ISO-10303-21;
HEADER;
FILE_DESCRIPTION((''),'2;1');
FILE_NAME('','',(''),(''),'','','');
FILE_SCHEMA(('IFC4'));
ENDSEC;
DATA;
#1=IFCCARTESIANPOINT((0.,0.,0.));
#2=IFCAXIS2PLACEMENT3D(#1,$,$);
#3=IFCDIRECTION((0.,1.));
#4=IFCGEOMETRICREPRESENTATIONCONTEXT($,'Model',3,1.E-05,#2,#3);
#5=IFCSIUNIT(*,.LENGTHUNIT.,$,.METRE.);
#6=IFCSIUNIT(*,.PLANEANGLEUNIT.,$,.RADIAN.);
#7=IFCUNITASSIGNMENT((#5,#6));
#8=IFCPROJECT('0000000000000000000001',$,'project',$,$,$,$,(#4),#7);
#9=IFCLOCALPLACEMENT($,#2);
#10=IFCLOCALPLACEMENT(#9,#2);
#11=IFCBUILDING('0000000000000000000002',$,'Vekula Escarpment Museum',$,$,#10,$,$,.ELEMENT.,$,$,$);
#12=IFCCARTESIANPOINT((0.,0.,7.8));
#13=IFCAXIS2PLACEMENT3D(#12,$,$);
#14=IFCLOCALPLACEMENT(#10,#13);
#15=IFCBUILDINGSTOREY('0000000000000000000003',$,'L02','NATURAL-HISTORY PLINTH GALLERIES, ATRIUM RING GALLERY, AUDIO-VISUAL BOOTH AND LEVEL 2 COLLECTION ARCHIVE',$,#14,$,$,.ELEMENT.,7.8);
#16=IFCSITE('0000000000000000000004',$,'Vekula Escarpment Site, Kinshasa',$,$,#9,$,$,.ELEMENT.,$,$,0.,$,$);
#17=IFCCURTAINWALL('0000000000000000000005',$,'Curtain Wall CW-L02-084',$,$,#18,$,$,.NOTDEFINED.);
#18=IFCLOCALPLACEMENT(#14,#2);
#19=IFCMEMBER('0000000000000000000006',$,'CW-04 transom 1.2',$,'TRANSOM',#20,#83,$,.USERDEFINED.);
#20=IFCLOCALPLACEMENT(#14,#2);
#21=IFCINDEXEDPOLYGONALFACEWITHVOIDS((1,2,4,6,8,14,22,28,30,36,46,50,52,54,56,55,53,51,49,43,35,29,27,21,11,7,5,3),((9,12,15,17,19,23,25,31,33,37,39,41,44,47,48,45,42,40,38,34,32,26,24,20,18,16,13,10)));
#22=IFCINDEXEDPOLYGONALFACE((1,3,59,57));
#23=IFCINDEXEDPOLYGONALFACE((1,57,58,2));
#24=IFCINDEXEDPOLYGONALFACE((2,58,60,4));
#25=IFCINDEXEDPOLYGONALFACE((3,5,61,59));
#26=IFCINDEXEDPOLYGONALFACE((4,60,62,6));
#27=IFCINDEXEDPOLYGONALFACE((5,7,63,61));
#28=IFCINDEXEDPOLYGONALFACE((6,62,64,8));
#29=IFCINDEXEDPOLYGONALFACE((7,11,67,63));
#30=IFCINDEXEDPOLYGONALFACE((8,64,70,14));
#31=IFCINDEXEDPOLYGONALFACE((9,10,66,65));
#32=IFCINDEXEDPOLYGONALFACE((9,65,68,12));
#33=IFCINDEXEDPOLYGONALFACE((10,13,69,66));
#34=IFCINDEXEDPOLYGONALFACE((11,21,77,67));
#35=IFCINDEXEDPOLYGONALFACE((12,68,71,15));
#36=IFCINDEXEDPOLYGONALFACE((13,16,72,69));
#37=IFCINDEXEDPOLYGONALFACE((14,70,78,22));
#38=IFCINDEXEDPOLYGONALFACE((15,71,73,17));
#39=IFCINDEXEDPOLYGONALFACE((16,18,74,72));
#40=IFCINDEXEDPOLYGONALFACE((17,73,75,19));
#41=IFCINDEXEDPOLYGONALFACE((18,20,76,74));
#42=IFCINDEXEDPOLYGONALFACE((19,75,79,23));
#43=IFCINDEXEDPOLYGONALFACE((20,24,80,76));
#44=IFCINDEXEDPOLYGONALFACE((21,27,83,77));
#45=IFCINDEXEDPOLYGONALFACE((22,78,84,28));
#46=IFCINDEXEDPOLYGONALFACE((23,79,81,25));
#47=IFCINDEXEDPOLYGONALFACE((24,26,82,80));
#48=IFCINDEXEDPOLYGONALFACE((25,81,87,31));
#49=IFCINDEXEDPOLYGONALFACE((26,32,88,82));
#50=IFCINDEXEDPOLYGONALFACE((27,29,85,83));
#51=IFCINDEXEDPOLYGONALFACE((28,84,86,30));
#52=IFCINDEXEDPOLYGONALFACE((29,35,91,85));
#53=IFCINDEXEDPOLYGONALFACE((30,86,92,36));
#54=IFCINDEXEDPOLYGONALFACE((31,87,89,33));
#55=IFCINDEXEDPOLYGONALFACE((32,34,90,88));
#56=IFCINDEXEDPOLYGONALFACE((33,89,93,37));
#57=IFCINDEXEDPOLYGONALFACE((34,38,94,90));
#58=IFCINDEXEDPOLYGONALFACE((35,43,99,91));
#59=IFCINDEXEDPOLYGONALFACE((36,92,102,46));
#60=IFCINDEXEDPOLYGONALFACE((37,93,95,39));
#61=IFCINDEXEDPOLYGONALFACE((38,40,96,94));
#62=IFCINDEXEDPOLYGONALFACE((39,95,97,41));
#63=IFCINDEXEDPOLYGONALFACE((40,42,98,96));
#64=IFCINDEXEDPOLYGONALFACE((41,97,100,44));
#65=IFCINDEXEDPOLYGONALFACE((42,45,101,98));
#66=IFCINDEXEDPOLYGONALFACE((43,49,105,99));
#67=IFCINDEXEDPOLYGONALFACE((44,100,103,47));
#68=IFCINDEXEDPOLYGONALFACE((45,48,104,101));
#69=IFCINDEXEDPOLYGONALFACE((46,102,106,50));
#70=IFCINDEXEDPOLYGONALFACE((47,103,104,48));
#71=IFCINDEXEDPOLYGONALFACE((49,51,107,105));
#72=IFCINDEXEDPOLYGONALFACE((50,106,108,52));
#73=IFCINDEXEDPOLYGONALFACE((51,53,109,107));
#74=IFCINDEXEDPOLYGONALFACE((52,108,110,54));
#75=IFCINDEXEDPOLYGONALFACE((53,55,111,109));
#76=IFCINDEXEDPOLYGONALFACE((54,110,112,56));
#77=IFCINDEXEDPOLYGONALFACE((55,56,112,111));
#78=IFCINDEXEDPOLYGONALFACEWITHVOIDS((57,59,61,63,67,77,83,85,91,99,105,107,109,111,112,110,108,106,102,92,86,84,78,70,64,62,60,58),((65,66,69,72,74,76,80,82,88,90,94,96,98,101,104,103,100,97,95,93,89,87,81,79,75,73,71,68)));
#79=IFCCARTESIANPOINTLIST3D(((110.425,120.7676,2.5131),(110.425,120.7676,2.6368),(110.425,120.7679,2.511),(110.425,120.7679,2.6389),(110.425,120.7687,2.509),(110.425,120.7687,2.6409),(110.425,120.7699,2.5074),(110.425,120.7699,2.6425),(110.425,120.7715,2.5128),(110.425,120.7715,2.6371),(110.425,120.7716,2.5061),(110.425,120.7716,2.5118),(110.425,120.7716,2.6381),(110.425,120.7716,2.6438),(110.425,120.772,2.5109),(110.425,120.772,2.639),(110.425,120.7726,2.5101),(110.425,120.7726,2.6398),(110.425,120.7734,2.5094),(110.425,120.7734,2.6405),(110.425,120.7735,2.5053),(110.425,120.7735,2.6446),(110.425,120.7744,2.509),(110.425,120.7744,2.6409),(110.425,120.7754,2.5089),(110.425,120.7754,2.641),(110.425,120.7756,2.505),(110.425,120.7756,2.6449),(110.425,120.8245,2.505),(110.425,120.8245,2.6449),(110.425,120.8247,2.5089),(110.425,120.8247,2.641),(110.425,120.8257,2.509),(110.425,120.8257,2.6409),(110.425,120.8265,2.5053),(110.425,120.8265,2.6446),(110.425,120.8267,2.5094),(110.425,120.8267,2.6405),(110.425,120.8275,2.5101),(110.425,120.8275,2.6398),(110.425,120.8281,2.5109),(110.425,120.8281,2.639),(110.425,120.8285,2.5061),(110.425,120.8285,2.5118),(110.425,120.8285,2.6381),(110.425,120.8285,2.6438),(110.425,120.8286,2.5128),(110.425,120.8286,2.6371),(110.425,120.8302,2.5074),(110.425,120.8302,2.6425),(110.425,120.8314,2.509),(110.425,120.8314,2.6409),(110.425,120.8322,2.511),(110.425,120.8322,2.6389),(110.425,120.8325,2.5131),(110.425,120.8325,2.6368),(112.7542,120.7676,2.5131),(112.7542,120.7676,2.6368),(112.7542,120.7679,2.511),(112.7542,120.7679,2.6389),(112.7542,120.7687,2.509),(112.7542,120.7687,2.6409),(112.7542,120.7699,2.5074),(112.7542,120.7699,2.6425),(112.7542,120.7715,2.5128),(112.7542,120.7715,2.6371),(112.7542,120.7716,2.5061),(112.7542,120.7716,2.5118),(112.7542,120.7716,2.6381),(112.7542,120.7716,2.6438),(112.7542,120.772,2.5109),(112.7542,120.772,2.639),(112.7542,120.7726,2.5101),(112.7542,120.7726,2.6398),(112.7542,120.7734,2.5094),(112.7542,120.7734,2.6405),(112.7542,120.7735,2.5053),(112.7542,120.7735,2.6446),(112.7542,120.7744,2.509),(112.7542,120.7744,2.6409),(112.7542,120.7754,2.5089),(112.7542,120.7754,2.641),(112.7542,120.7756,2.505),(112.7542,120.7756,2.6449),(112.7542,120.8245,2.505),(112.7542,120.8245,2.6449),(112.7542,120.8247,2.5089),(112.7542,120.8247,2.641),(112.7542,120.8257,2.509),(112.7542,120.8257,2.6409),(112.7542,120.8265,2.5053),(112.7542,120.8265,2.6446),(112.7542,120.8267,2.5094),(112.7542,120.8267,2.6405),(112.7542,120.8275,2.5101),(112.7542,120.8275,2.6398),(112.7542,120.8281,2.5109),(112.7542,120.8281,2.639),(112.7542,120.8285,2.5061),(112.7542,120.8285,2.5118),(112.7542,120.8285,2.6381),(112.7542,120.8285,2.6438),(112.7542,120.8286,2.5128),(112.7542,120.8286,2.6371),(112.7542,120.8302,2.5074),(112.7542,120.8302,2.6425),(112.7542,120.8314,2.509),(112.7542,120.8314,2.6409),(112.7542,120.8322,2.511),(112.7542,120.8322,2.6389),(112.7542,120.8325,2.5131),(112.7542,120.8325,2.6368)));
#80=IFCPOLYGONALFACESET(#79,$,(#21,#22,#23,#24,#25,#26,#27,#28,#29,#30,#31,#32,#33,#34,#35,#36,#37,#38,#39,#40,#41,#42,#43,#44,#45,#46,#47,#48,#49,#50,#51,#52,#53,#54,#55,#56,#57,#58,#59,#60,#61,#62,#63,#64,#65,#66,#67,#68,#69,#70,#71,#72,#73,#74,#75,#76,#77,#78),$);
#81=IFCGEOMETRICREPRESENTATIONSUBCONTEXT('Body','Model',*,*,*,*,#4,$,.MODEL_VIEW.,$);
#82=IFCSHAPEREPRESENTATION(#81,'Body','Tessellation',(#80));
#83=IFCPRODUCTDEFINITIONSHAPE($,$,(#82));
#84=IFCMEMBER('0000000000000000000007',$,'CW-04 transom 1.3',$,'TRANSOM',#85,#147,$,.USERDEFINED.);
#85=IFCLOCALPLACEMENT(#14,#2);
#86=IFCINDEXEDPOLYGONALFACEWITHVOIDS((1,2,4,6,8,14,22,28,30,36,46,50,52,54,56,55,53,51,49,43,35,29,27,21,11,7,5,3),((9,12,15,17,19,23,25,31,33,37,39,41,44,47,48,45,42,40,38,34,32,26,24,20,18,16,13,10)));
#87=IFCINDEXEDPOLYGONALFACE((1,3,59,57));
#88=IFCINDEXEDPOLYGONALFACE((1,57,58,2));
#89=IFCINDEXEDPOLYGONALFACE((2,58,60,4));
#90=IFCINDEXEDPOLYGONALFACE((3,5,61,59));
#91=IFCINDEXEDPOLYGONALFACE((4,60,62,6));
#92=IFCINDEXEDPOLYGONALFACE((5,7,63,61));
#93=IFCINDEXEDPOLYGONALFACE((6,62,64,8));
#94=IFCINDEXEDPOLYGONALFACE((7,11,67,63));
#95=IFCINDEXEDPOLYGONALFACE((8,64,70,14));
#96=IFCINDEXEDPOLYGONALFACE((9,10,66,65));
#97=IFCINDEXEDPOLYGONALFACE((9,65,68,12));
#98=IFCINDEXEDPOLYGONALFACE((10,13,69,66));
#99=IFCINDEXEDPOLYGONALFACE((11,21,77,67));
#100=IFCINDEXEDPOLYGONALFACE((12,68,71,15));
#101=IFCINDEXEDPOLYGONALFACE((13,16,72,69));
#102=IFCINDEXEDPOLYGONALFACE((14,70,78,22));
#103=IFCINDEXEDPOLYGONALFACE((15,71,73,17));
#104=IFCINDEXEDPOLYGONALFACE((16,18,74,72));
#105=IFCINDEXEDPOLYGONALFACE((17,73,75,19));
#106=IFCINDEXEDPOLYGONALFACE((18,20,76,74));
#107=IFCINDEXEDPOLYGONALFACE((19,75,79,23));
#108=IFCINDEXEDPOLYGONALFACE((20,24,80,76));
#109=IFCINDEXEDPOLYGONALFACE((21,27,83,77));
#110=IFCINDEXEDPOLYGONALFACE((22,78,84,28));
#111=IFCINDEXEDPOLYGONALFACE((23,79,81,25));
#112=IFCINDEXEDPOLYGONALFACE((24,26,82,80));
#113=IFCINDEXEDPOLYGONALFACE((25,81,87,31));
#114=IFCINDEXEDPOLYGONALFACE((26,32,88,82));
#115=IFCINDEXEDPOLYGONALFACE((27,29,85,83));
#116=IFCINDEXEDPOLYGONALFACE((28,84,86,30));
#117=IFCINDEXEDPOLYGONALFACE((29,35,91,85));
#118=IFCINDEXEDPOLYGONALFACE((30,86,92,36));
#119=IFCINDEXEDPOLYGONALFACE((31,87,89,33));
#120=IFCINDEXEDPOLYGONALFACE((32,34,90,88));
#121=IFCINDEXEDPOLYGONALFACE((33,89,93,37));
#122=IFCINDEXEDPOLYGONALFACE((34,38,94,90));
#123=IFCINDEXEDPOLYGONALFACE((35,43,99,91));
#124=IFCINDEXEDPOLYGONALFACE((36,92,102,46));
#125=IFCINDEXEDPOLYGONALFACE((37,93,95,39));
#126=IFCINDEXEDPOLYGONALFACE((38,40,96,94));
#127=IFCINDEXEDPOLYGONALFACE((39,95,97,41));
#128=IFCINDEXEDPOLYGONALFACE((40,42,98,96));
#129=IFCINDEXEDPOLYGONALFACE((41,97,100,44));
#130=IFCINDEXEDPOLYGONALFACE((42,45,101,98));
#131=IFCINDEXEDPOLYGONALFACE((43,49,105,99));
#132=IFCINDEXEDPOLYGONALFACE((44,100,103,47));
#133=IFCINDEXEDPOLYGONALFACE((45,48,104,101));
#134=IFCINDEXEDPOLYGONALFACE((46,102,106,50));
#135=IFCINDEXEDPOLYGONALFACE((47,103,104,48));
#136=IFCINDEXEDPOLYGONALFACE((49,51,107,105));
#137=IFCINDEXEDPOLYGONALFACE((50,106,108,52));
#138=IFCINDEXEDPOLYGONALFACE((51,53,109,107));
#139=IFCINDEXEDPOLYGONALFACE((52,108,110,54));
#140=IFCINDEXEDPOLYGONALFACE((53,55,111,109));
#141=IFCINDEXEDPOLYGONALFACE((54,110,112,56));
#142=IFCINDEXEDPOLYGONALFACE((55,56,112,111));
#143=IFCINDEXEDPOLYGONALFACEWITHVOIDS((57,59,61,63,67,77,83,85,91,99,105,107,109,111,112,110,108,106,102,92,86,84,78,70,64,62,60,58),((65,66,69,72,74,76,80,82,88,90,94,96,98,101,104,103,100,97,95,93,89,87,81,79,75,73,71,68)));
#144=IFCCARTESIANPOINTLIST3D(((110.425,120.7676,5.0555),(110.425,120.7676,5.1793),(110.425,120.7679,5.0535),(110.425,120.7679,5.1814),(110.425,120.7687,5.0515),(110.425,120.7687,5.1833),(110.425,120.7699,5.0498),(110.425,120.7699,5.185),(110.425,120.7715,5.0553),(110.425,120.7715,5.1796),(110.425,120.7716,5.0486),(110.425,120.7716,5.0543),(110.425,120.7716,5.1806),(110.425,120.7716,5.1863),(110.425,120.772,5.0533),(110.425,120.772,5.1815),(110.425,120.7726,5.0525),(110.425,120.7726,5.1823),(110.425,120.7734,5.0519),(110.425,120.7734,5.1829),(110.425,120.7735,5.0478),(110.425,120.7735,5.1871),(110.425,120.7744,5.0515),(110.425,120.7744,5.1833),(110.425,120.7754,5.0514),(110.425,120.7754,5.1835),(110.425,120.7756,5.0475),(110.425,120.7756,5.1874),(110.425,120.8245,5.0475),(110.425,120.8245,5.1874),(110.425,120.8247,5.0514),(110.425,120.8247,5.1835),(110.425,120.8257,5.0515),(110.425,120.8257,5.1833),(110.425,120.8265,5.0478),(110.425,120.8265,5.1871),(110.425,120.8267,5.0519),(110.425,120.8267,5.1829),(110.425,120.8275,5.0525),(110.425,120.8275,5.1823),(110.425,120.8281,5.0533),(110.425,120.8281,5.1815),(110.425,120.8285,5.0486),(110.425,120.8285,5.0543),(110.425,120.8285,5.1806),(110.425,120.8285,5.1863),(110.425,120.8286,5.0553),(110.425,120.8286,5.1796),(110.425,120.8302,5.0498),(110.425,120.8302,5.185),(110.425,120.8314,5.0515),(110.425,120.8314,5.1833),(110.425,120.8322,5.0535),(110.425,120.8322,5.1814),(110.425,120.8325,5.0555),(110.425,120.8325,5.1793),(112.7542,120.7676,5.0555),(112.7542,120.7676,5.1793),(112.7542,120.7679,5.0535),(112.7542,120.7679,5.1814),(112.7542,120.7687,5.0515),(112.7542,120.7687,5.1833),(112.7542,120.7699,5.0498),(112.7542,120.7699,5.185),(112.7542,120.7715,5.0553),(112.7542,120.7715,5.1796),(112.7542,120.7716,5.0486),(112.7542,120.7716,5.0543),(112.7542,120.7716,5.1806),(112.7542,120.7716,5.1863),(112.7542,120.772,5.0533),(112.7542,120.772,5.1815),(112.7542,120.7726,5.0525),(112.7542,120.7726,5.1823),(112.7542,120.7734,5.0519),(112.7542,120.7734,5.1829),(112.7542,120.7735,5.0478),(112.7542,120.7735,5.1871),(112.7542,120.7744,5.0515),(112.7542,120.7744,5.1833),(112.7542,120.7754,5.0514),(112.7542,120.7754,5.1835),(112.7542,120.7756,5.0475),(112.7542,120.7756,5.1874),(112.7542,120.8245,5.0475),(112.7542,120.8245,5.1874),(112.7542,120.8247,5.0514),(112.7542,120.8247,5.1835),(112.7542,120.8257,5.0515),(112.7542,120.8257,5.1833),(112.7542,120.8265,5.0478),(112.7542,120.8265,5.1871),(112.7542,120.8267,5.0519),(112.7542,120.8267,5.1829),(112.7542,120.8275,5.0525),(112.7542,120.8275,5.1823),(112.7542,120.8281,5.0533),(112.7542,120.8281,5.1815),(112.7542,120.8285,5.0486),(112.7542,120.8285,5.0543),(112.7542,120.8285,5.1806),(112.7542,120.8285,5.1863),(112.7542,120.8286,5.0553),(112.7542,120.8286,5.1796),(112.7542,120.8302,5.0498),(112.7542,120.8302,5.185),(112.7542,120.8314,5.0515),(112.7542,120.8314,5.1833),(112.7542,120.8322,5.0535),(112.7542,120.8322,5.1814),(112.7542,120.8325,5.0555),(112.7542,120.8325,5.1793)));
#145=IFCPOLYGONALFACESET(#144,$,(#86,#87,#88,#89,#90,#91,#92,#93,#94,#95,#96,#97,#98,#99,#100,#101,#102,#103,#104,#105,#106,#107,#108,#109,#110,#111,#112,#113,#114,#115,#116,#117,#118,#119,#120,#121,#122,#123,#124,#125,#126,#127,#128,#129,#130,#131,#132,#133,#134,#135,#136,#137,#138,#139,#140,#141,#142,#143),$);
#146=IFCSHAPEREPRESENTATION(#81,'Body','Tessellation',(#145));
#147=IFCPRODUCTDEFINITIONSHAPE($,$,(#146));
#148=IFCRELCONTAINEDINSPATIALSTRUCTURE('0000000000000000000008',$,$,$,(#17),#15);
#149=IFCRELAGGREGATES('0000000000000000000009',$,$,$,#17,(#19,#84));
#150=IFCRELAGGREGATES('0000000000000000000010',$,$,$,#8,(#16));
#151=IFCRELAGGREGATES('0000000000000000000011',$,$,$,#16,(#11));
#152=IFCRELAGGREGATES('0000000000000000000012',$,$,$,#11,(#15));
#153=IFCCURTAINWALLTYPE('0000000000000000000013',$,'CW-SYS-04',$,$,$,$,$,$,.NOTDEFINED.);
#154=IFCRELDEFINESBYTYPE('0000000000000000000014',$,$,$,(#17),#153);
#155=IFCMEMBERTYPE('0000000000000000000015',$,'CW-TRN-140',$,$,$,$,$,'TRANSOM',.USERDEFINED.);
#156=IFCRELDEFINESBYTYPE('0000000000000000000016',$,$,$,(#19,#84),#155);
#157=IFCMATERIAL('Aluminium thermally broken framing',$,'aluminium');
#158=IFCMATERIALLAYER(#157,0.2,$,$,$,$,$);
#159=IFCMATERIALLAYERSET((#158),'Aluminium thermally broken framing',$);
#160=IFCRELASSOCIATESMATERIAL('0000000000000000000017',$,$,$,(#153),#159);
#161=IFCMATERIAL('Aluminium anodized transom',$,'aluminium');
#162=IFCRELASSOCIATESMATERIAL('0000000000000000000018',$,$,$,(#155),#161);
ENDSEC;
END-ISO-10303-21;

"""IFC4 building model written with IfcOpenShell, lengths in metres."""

from ifc_helpers import new_model, si_unit, direction, frame, origin, origin_2d, place, context, subcontext, project, spatial, hollow_rectangle, extrude, material, layer, layer_set, material_profile, profile_set, type_object, element, aggregate, save


model = new_model("IFC4")

# Units and contexts
model_context = context("Model", 3, precision=1e-05, world=origin(), true_north=direction((0.0, 1.0)))
body_context = subcontext(model_context, "Body", "Model", "MODEL_VIEW")
ifc_project = project(units=[si_unit("LENGTHUNIT", "METRE"), si_unit("PLANEANGLEUNIT", "RADIAN")], contexts=[model_context])

# Site, building, storey
site_placement = place(None, origin())
site = spatial("IfcSite", under=ifc_project, at=site_placement, Name="Vekula Escarpment Site, Kinshasa", CompositionType="ELEMENT", RefElevation=0.0)
building_placement = place(site_placement, origin())
building = spatial("IfcBuilding", under=site, at=building_placement, Name="Vekula Escarpment Museum", CompositionType="ELEMENT")
storey_placement = place(building_placement, frame((0.0, 0.0, 7.8)))
storey = spatial("IfcBuildingStorey", under=building, at=storey_placement, Name="L02", Description="NATURAL-HISTORY PLINTH GALLERIES, ATRIUM RING GALLERY, AUDIO-VISUAL BOOTH AND LEVEL 2 COLLECTION ARCHIVE", CompositionType="ELEMENT", Elevation=7.8)

# Curtain wall, members
ifc_material_1 = material(Name="Aluminium thermally broken framing", Category="aluminium")
ifc_layer_1 = layer(ifc_material_1, 0.2)
ifc_layer_set_1 = layer_set([ifc_layer_1], Name="Aluminium thermally broken framing")
curtain_wall_type = type_object("IfcCurtainWallType", Name="CW-SYS-04", PredefinedType="NOTDEFINED", material=ifc_layer_set_1)
curtain_wall_placement = place(storey_placement, origin())
curtain_wall = element("IfcCurtainWall", 1, at=curtain_wall_placement, inside=storey, type_object=curtain_wall_type, Name="Curtain Wall CW-L02-084", PredefinedType="NOTDEFINED")
ifc_material_2 = material(Name="Aluminium anodized transom", Category="aluminium")
ifc_material_profile_1 = material_profile(ifc_material_2, hollow_rectangle(XDim=0.0649, YDim=0.1399, WallThickness=0.0039, InnerFilletRadius=0.0039, OuterFilletRadius=0.0081, at=origin_2d()), Name="ALU 140x65x4")
ifc_profile_set_1 = profile_set([ifc_material_profile_1], Name="Aluminium anodized transom")
member_type_1 = type_object("IfcMemberType", Name="CW-TRN-140", ElementType="TRANSOM", PredefinedType="USERDEFINED", material=ifc_profile_set_1)
member_1_placement = place(storey_placement, frame((110.425, 120.8, 2.575), z_axis=(1.0, 0.0, 0.0), x_axis=(0.0, 1.0, 0.0)))
member_1 = element("IfcMember", 2, at=member_1_placement, type_object=member_type_1, Name="CW-04 transom 1.2", ObjectType="TRANSOM", PredefinedType="USERDEFINED", context=body_context, shape_type="SweptSolid", body=[
    extrude(hollow_rectangle(XDim=0.0649, YDim=0.1399, WallThickness=0.0039, InnerFilletRadius=0.0039, OuterFilletRadius=0.0081, at=origin_2d()), origin(), (0.0, 0.0, 1.0), 2.3291),
])
member_2_placement = place(storey_placement, frame((110.425, 120.8, 5.1174), z_axis=(1.0, 0.0, 0.0), x_axis=(0.0, 1.0, 0.0)))
member_2 = element("IfcMember", 3, at=member_2_placement, type_object=member_type_1, Name="CW-04 transom 1.3", ObjectType="TRANSOM", PredefinedType="USERDEFINED", context=body_context, shape_type="SweptSolid", body=[
    extrude(hollow_rectangle(XDim=0.0649, YDim=0.1399, WallThickness=0.0039, InnerFilletRadius=0.0039, OuterFilletRadius=0.0081, at=origin_2d()), origin(), (0.0, 0.0, 1.0), 2.3291),
])

aggregate(curtain_wall, [member_1, member_2])

save(model, "model.ifc")
